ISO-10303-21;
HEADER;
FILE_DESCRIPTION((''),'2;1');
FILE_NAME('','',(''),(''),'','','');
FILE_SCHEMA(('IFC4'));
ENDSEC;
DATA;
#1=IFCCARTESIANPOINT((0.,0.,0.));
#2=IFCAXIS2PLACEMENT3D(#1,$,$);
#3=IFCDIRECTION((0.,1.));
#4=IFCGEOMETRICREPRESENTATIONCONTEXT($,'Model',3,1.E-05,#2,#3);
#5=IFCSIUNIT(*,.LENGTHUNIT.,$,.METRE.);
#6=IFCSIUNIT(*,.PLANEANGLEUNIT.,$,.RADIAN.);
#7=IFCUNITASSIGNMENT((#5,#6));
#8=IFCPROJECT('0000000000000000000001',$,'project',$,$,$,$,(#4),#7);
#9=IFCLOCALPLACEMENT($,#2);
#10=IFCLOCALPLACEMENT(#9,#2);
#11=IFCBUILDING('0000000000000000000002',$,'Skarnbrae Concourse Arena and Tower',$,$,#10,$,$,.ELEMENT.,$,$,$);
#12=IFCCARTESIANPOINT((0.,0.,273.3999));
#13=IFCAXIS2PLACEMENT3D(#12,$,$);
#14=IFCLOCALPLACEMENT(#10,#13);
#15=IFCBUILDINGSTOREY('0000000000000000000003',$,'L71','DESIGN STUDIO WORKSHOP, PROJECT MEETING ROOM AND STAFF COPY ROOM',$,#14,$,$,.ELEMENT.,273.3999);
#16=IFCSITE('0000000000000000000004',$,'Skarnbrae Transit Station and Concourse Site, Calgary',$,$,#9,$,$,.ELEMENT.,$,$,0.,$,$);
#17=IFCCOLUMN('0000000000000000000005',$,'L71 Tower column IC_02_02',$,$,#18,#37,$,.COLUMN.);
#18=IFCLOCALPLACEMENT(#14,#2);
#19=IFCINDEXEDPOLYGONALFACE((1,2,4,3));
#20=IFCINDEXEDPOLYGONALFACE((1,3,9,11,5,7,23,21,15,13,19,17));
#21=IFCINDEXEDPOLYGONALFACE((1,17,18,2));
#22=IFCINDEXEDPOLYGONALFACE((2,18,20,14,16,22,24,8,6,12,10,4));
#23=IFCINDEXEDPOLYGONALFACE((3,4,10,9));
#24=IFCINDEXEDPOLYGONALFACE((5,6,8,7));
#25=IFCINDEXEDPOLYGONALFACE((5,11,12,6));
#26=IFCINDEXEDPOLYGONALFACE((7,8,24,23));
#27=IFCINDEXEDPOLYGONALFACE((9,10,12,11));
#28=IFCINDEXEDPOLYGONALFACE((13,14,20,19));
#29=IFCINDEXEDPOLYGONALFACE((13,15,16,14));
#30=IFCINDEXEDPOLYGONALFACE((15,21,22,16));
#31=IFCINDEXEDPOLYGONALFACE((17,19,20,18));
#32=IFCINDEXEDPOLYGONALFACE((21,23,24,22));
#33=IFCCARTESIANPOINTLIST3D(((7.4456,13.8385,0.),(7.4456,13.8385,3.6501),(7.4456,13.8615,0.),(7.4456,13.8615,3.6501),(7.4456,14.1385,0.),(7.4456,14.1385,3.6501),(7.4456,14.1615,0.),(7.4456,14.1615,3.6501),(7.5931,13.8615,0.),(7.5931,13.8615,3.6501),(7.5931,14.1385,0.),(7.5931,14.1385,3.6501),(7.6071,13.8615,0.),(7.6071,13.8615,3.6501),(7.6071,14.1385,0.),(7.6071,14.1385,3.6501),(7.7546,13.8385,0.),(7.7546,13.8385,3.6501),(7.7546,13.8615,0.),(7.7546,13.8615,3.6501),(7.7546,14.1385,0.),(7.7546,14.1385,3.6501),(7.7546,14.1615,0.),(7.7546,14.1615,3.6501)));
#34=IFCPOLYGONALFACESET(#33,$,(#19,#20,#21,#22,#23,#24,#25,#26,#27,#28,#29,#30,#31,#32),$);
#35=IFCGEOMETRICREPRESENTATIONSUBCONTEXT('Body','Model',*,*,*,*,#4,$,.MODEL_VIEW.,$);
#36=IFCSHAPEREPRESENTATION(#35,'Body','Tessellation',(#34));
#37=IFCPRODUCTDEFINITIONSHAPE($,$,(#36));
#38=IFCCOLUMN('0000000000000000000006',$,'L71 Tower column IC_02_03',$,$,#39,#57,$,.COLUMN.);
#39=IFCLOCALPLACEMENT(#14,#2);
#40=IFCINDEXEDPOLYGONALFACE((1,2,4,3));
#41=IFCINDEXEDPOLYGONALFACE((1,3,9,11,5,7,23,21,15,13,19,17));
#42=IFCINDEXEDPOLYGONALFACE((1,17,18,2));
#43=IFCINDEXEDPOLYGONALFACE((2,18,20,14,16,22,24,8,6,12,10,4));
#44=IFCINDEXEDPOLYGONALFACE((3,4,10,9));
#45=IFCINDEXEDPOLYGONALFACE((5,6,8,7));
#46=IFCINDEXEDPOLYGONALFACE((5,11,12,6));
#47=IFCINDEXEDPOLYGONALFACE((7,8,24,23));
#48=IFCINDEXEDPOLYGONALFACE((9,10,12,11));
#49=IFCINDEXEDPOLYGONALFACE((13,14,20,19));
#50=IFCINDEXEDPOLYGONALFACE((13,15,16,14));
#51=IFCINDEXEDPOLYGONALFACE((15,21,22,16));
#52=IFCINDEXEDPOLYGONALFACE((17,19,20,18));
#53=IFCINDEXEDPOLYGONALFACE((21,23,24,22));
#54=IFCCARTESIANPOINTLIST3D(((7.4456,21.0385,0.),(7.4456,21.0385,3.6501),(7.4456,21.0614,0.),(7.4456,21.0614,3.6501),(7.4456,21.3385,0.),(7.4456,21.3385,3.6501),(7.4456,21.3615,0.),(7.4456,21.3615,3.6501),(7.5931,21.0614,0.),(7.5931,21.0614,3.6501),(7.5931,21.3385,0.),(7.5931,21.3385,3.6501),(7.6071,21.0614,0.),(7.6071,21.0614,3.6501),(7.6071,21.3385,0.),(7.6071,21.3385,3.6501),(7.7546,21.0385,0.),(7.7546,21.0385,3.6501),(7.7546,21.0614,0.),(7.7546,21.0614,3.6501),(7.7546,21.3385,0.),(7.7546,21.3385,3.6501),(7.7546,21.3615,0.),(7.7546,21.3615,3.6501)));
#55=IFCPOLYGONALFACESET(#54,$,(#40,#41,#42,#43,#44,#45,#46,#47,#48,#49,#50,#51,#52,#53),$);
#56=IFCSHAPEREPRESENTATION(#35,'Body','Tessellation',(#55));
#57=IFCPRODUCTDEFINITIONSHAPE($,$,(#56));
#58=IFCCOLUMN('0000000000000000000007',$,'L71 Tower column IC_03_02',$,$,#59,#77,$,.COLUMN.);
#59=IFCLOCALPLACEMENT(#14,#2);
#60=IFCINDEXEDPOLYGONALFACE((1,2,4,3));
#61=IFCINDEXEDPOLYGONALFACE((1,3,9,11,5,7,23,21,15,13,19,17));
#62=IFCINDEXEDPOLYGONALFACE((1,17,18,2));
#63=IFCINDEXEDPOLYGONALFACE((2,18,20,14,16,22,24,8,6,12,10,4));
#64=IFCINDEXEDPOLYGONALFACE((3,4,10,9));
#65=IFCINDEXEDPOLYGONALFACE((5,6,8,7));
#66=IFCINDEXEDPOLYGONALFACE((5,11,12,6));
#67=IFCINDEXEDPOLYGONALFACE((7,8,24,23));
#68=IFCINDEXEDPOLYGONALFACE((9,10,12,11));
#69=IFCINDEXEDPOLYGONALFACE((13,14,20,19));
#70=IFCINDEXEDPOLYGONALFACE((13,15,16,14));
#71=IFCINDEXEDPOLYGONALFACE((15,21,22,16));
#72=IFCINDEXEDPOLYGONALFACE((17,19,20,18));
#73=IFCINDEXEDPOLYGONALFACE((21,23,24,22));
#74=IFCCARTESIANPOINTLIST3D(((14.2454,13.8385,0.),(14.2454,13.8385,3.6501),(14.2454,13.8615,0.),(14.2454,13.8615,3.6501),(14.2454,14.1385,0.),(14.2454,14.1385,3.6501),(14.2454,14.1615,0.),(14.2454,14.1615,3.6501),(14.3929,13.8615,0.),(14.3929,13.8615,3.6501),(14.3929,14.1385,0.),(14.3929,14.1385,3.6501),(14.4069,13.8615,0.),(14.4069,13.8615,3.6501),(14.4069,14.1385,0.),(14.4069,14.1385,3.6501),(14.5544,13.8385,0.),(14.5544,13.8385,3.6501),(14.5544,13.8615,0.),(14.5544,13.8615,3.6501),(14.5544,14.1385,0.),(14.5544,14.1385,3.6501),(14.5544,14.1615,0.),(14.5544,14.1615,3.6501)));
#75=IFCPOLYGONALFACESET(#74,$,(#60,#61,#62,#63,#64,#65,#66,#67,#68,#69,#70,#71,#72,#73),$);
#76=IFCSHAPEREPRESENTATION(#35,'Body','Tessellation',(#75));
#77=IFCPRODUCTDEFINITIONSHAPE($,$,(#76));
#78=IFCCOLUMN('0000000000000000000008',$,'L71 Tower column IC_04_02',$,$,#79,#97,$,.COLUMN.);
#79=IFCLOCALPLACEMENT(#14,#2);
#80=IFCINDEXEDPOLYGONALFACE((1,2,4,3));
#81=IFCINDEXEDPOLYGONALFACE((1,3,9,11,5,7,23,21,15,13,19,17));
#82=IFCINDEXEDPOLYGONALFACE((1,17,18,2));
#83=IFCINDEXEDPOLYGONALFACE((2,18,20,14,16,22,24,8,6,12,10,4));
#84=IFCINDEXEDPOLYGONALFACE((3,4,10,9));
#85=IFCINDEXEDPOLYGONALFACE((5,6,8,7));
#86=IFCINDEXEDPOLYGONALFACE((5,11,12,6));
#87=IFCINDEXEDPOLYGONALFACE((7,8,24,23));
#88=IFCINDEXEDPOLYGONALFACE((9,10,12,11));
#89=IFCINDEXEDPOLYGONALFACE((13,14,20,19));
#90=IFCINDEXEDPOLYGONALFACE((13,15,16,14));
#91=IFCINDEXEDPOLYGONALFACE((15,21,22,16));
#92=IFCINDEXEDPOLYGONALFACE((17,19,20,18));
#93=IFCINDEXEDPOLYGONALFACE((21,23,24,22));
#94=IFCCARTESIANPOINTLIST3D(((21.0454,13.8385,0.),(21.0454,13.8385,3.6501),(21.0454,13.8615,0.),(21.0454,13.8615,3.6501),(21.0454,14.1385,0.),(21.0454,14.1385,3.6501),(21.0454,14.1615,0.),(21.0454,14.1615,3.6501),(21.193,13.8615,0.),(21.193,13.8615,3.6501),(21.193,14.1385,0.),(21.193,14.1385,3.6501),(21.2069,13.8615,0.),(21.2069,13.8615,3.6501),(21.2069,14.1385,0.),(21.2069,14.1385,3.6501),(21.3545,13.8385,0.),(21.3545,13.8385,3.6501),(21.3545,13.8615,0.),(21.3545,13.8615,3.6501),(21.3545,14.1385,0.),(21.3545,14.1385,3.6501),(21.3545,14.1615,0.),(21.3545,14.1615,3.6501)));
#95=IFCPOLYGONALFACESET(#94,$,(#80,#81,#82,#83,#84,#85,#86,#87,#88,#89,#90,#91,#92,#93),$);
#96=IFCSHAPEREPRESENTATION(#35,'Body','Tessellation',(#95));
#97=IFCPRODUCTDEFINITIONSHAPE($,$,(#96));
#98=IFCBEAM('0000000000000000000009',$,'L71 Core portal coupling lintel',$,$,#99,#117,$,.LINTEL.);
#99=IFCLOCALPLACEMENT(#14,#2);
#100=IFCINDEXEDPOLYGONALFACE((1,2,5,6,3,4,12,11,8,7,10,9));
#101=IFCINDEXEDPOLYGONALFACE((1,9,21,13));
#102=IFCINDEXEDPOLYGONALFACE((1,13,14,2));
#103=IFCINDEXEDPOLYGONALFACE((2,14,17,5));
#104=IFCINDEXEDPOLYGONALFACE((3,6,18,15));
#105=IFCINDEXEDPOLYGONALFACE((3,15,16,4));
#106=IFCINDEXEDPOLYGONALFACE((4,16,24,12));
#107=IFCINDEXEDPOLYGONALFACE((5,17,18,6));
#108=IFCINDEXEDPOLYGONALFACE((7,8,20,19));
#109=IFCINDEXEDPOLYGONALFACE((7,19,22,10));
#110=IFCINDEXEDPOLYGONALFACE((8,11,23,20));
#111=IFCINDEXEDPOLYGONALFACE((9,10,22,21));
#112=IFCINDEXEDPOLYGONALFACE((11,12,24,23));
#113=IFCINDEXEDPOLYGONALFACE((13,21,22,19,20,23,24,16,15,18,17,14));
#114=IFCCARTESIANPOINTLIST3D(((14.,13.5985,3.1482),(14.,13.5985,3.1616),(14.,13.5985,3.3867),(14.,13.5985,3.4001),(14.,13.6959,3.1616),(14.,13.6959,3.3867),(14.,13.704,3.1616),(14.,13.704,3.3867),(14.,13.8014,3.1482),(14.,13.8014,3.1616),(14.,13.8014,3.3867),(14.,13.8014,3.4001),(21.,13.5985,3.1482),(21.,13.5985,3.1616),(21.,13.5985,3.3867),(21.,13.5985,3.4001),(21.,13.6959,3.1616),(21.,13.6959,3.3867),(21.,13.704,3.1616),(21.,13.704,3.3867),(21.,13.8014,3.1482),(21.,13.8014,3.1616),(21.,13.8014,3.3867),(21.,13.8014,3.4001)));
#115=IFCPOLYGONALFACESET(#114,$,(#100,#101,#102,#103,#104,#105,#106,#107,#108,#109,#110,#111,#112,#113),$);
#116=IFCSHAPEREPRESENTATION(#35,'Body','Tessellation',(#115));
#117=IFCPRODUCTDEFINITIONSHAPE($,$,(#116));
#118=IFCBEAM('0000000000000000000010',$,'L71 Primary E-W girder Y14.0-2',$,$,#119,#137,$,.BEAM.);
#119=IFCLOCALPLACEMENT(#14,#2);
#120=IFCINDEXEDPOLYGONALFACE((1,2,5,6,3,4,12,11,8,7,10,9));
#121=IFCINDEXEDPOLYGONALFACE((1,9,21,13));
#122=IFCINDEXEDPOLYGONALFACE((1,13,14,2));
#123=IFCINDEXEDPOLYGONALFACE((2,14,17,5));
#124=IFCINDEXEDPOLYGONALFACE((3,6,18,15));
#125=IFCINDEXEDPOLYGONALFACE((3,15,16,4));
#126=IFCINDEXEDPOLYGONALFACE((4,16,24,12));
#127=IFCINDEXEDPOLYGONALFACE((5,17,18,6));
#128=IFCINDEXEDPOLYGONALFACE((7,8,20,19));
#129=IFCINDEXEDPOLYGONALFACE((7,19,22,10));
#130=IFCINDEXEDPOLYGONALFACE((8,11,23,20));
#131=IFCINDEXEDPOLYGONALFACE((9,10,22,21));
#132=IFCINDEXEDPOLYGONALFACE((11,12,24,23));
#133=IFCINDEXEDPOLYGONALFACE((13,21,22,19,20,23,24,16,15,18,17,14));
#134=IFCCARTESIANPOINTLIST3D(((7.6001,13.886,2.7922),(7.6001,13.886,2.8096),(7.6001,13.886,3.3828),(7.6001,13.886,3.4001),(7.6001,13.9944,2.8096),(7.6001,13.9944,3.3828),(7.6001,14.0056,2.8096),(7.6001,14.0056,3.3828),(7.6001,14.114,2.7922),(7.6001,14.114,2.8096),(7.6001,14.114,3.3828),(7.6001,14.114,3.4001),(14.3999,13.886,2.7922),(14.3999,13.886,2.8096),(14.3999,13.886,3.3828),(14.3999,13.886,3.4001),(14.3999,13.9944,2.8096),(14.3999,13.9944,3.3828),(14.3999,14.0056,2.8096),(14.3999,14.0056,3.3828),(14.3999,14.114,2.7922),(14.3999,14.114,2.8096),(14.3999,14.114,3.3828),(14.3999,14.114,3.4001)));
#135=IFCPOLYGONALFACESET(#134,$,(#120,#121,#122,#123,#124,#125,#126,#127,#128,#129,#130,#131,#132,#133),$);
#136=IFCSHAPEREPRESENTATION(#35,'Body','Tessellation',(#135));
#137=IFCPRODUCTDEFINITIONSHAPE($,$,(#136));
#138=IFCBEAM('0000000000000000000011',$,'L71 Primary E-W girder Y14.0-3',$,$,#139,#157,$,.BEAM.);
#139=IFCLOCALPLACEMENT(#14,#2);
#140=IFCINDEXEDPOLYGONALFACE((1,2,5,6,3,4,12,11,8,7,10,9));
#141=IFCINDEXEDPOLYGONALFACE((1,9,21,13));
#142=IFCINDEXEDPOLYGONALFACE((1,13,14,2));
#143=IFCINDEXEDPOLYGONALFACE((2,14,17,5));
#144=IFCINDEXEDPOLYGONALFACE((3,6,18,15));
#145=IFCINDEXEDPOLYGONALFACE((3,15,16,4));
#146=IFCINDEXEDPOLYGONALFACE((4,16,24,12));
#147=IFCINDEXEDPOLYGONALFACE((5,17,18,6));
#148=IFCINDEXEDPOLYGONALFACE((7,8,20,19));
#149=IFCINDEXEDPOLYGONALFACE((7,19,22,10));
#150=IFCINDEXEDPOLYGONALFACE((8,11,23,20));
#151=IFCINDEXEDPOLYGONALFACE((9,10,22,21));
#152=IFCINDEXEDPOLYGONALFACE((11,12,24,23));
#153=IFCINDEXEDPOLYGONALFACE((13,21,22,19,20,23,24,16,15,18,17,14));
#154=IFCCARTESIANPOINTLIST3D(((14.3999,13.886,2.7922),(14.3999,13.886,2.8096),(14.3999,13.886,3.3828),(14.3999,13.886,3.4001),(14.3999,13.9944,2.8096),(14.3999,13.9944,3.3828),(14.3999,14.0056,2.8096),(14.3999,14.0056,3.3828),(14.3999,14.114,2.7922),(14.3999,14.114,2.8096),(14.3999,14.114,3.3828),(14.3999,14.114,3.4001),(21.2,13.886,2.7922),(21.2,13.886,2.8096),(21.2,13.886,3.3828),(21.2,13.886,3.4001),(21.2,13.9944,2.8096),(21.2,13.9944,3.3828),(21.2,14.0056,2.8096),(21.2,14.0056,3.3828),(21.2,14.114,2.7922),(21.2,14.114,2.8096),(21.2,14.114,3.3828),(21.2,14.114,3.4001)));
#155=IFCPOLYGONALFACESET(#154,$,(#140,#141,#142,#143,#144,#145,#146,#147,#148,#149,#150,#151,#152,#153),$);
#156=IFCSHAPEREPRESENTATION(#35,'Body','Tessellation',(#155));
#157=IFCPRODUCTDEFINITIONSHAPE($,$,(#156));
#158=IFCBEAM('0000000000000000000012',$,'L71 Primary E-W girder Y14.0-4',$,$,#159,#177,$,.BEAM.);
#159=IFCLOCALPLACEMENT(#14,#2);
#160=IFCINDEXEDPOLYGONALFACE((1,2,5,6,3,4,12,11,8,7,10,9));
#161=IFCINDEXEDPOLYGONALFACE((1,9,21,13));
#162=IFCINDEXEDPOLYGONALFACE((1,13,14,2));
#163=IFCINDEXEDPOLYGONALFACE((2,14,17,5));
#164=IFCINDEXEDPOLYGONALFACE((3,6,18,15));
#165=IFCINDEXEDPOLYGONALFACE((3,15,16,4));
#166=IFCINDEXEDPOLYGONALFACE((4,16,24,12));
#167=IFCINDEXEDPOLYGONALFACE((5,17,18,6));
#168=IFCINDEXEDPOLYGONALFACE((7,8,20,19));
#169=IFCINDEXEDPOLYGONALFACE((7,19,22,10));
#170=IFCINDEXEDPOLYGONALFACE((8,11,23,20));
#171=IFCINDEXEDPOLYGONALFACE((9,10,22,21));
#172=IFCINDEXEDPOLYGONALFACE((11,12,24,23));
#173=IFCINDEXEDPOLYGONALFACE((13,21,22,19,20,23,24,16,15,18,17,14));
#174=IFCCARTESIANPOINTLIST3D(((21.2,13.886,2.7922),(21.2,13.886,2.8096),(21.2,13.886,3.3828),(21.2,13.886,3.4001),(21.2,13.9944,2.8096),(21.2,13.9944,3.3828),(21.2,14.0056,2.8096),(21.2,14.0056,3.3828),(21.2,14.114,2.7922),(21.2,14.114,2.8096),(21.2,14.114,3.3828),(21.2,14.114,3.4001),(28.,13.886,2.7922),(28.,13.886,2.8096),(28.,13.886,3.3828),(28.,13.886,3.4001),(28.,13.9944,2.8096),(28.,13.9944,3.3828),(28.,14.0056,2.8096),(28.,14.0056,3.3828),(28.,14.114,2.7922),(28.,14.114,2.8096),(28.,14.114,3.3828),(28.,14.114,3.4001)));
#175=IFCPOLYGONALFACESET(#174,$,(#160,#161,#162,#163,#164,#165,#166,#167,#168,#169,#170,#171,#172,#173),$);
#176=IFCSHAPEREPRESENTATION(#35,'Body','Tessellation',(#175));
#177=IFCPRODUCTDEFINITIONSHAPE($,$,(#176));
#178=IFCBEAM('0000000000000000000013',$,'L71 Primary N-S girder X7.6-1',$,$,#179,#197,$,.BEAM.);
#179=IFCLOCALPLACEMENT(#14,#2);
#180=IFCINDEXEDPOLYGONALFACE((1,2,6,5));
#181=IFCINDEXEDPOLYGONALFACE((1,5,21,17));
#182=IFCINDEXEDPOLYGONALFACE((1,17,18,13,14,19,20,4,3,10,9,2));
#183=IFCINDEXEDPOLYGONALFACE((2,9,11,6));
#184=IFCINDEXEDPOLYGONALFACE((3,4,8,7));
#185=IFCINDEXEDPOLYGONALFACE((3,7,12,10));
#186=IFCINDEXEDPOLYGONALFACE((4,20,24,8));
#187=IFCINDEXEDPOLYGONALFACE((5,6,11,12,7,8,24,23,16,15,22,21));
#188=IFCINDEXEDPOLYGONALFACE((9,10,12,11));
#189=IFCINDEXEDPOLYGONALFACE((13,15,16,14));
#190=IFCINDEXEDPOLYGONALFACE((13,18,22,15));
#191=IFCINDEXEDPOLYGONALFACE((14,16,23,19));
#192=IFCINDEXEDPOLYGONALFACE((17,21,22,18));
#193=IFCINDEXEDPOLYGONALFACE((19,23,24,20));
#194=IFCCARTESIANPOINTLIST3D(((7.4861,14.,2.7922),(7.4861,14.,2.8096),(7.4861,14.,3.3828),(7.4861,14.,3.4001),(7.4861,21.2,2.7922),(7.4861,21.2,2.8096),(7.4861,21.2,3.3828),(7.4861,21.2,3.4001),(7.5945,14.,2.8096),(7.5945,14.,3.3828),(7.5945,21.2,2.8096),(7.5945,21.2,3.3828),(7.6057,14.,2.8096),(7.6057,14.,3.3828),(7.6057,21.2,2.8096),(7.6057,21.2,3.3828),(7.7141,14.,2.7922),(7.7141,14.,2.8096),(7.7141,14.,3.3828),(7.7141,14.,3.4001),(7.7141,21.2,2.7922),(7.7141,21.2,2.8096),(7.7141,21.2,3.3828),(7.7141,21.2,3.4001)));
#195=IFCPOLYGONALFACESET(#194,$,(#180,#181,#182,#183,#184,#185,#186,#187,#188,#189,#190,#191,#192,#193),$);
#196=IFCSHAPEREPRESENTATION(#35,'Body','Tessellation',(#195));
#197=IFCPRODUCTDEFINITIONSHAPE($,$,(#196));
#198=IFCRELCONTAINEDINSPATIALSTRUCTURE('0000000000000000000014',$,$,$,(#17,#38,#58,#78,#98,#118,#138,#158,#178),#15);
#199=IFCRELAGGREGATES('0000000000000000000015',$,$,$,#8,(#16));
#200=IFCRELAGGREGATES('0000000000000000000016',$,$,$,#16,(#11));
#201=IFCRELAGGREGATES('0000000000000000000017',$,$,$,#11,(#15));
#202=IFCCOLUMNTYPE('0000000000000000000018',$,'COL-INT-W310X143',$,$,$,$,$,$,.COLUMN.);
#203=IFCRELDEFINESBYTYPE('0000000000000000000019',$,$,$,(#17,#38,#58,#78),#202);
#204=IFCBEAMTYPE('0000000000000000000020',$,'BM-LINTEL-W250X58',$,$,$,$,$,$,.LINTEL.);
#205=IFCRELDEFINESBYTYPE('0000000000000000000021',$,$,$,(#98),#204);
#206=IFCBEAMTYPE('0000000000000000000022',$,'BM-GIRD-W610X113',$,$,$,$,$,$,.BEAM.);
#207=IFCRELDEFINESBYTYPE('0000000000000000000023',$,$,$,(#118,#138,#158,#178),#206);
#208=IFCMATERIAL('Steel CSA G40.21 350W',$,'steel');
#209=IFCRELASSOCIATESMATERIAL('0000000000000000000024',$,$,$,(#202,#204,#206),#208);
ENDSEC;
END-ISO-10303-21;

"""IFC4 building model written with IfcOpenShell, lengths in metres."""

from ifc_helpers import new_model, si_unit, direction, frame, origin, origin_2d, place, context, subcontext, project, spatial, i_section, extrude, source, transform, mapped, material, material_profile, profile_set, type_object, element, save


model = new_model("IFC4")

# Units and contexts
model_context = context("Model", 3, precision=1e-05, world=origin(), true_north=direction((0.0, 1.0)))
body_context = subcontext(model_context, "Body", "Model", "MODEL_VIEW")
ifc_project = project(units=[si_unit("LENGTHUNIT", "METRE"), si_unit("PLANEANGLEUNIT", "RADIAN")], contexts=[model_context])

# Site, building, storey
site_placement = place(None, origin())
site = spatial("IfcSite", under=ifc_project, at=site_placement, Name="Skarnbrae Transit Station and Concourse Site, Calgary", CompositionType="ELEMENT", RefElevation=0.0)
building_placement = place(site_placement, origin())
building = spatial("IfcBuilding", under=site, at=building_placement, Name="Skarnbrae Concourse Arena and Tower", CompositionType="ELEMENT")
storey_placement = place(building_placement, frame((0.0, 0.0, 273.3999)))
storey = spatial("IfcBuildingStorey", under=building, at=storey_placement, Name="L71", Description="DESIGN STUDIO WORKSHOP, PROJECT MEETING ROOM AND STAFF COPY ROOM", CompositionType="ELEMENT", Elevation=273.3999)

# Columns
ifc_material_1 = material(Name="Steel CSA G40.21 350W", Category="steel")
ifc_material_profile_1 = material_profile(ifc_material_1, i_section(OverallWidth=0.3091, OverallDepth=0.323, WebThickness=0.0139, FlangeThickness=0.0229, at=origin_2d()), Name="W310X143")
ifc_profile_set_1 = profile_set([ifc_material_profile_1], Name="Steel CSA G40.21 350W")
column_type = type_object("IfcColumnType", Name="COL-INT-W310X143", PredefinedType="COLUMN", material=ifc_profile_set_1)
shared_shape_1 = source(origin(), body_context, "Body", "SweptSolid", [
    extrude(i_section(OverallWidth=0.3091, OverallDepth=0.323, WebThickness=0.0139, FlangeThickness=0.0229, at=origin_2d()), origin(), (0.0, 0.0, 1.0), 3.6501),
])
for number, where, z_axis, x_axis, name in (
    (1, (7.6001, 14.0, 0.0), (0.0, 0.0, 1.0), (1.0, 0.0, 0.0), "L71 Tower column IC_02_02"),
    (2, (7.6001, 21.2, 0.0), (0.0, 0.0, 1.0), (1.0, 0.0, 0.0), "L71 Tower column IC_02_03"),
    (3, (14.3999, 14.0, 0.0), (0.0, 0.0, 1.0), (1.0, 0.0, 0.0), "L71 Tower column IC_03_02"),
    (4, (21.2, 14.0, 0.0), (0.0, 0.0, 1.0), (1.0, 0.0, 0.0), "L71 Tower column IC_04_02"),
):
    element("IfcColumn", number, at=place(storey_placement, frame(where, z_axis=z_axis, x_axis=x_axis)), inside=storey, type_object=column_type, Name=name, PredefinedType="COLUMN", context=body_context, shape_type="MappedRepresentation", body=[
        mapped(shared_shape_1, transform((0.0, 0.0, 0.0))),
    ])

# Beams
ifc_material_profile_2 = material_profile(ifc_material_1, i_section(OverallWidth=0.2029, OverallDepth=0.252, WebThickness=0.0081, FlangeThickness=0.0134, at=origin_2d()), Name="W250X58")
ifc_profile_set_2 = profile_set([ifc_material_profile_2], Name="Steel CSA G40.21 350W")
beam_type_1 = type_object("IfcBeamType", Name="BM-LINTEL-W250X58", PredefinedType="LINTEL", material=ifc_profile_set_2)
shared_shape_2 = source(origin(), body_context, "Body", "SweptSolid", [
    extrude(i_section(OverallWidth=0.2029, OverallDepth=0.252, WebThickness=0.0081, FlangeThickness=0.0134, at=origin_2d()), origin(), (0.0, 0.0, 1.0), 7.0),
])
beam_1_placement = place(storey_placement, frame((14.0, 13.7, 3.2742), z_axis=(1.0, 0.0, 0.0), x_axis=(0.0, 1.0, 0.0)))
element("IfcBeam", 5, at=beam_1_placement, inside=storey, type_object=beam_type_1, Name="L71 Core portal coupling lintel", PredefinedType="LINTEL", context=body_context, shape_type="MappedRepresentation", body=[
    mapped(shared_shape_2, transform((0.0, 0.0, 0.0))),
])
ifc_material_profile_3 = material_profile(ifc_material_1, i_section(OverallWidth=0.228, OverallDepth=0.6079, WebThickness=0.0112, FlangeThickness=0.0173, at=origin_2d()), Name="W610X113")
ifc_profile_set_3 = profile_set([ifc_material_profile_3], Name="Steel CSA G40.21 350W")
beam_type_2 = type_object("IfcBeamType", Name="BM-GIRD-W610X113", PredefinedType="BEAM", material=ifc_profile_set_3)
shared_shape_3 = source(origin(), body_context, "Body", "SweptSolid", [
    extrude(i_section(OverallWidth=0.228, OverallDepth=0.6079, WebThickness=0.0112, FlangeThickness=0.0173, at=origin_2d()), origin(), (0.0, 0.0, 1.0), 6.7998),
])
beam_2_placement = place(storey_placement, frame((7.6001, 14.0, 3.0962), z_axis=(1.0, 0.0, 0.0), x_axis=(0.0, 1.0, 0.0)))
element("IfcBeam", 6, at=beam_2_placement, inside=storey, type_object=beam_type_2, Name="L71 Primary E-W girder Y14.0-2", PredefinedType="BEAM", context=body_context, shape_type="MappedRepresentation", body=[
    mapped(shared_shape_3, transform((0.0, 0.0, 0.0))),
])
shared_shape_4 = source(origin(), body_context, "Body", "SweptSolid", [
    extrude(i_section(OverallWidth=0.228, OverallDepth=0.6079, WebThickness=0.0112, FlangeThickness=0.0173, at=origin_2d()), origin(), (0.0, 0.0, 1.0), 6.8),
])
for number, where, z_axis, x_axis, name in (
    (7, (14.3999, 14.0, 3.0962), (1.0, 0.0, 0.0), (0.0, 1.0, 0.0), "L71 Primary E-W girder Y14.0-3"),
    (8, (21.2, 14.0, 3.0962), (1.0, 0.0, 0.0), (0.0, 1.0, 0.0), "L71 Primary E-W girder Y14.0-4"),
):
    element("IfcBeam", number, at=place(storey_placement, frame(where, z_axis=z_axis, x_axis=x_axis)), inside=storey, type_object=beam_type_2, Name=name, PredefinedType="BEAM", context=body_context, shape_type="MappedRepresentation", body=[
        mapped(shared_shape_4, transform((0.0, 0.0, 0.0))),
    ])
shared_shape_5 = source(origin(), body_context, "Body", "SweptSolid", [
    extrude(i_section(OverallWidth=0.228, OverallDepth=0.6079, WebThickness=0.0112, FlangeThickness=0.0173, at=origin_2d()), origin(), (0.0, 0.0, 1.0), 7.2),
])
for number, where, z_axis, x_axis, name in (
    (9, (7.6001, 14.0, 3.0962), (0.0, 1.0, 0.0), (-1.0, 0.0, 0.0), "L71 Primary N-S girder X7.6-1"),
):
    element("IfcBeam", number, at=place(storey_placement, frame(where, z_axis=z_axis, x_axis=x_axis)), inside=storey, type_object=beam_type_2, Name=name, PredefinedType="BEAM", context=body_context, shape_type="MappedRepresentation", body=[
        mapped(shared_shape_5, transform((0.0, 0.0, 0.0))),
    ])

save(model, "model.ifc")
